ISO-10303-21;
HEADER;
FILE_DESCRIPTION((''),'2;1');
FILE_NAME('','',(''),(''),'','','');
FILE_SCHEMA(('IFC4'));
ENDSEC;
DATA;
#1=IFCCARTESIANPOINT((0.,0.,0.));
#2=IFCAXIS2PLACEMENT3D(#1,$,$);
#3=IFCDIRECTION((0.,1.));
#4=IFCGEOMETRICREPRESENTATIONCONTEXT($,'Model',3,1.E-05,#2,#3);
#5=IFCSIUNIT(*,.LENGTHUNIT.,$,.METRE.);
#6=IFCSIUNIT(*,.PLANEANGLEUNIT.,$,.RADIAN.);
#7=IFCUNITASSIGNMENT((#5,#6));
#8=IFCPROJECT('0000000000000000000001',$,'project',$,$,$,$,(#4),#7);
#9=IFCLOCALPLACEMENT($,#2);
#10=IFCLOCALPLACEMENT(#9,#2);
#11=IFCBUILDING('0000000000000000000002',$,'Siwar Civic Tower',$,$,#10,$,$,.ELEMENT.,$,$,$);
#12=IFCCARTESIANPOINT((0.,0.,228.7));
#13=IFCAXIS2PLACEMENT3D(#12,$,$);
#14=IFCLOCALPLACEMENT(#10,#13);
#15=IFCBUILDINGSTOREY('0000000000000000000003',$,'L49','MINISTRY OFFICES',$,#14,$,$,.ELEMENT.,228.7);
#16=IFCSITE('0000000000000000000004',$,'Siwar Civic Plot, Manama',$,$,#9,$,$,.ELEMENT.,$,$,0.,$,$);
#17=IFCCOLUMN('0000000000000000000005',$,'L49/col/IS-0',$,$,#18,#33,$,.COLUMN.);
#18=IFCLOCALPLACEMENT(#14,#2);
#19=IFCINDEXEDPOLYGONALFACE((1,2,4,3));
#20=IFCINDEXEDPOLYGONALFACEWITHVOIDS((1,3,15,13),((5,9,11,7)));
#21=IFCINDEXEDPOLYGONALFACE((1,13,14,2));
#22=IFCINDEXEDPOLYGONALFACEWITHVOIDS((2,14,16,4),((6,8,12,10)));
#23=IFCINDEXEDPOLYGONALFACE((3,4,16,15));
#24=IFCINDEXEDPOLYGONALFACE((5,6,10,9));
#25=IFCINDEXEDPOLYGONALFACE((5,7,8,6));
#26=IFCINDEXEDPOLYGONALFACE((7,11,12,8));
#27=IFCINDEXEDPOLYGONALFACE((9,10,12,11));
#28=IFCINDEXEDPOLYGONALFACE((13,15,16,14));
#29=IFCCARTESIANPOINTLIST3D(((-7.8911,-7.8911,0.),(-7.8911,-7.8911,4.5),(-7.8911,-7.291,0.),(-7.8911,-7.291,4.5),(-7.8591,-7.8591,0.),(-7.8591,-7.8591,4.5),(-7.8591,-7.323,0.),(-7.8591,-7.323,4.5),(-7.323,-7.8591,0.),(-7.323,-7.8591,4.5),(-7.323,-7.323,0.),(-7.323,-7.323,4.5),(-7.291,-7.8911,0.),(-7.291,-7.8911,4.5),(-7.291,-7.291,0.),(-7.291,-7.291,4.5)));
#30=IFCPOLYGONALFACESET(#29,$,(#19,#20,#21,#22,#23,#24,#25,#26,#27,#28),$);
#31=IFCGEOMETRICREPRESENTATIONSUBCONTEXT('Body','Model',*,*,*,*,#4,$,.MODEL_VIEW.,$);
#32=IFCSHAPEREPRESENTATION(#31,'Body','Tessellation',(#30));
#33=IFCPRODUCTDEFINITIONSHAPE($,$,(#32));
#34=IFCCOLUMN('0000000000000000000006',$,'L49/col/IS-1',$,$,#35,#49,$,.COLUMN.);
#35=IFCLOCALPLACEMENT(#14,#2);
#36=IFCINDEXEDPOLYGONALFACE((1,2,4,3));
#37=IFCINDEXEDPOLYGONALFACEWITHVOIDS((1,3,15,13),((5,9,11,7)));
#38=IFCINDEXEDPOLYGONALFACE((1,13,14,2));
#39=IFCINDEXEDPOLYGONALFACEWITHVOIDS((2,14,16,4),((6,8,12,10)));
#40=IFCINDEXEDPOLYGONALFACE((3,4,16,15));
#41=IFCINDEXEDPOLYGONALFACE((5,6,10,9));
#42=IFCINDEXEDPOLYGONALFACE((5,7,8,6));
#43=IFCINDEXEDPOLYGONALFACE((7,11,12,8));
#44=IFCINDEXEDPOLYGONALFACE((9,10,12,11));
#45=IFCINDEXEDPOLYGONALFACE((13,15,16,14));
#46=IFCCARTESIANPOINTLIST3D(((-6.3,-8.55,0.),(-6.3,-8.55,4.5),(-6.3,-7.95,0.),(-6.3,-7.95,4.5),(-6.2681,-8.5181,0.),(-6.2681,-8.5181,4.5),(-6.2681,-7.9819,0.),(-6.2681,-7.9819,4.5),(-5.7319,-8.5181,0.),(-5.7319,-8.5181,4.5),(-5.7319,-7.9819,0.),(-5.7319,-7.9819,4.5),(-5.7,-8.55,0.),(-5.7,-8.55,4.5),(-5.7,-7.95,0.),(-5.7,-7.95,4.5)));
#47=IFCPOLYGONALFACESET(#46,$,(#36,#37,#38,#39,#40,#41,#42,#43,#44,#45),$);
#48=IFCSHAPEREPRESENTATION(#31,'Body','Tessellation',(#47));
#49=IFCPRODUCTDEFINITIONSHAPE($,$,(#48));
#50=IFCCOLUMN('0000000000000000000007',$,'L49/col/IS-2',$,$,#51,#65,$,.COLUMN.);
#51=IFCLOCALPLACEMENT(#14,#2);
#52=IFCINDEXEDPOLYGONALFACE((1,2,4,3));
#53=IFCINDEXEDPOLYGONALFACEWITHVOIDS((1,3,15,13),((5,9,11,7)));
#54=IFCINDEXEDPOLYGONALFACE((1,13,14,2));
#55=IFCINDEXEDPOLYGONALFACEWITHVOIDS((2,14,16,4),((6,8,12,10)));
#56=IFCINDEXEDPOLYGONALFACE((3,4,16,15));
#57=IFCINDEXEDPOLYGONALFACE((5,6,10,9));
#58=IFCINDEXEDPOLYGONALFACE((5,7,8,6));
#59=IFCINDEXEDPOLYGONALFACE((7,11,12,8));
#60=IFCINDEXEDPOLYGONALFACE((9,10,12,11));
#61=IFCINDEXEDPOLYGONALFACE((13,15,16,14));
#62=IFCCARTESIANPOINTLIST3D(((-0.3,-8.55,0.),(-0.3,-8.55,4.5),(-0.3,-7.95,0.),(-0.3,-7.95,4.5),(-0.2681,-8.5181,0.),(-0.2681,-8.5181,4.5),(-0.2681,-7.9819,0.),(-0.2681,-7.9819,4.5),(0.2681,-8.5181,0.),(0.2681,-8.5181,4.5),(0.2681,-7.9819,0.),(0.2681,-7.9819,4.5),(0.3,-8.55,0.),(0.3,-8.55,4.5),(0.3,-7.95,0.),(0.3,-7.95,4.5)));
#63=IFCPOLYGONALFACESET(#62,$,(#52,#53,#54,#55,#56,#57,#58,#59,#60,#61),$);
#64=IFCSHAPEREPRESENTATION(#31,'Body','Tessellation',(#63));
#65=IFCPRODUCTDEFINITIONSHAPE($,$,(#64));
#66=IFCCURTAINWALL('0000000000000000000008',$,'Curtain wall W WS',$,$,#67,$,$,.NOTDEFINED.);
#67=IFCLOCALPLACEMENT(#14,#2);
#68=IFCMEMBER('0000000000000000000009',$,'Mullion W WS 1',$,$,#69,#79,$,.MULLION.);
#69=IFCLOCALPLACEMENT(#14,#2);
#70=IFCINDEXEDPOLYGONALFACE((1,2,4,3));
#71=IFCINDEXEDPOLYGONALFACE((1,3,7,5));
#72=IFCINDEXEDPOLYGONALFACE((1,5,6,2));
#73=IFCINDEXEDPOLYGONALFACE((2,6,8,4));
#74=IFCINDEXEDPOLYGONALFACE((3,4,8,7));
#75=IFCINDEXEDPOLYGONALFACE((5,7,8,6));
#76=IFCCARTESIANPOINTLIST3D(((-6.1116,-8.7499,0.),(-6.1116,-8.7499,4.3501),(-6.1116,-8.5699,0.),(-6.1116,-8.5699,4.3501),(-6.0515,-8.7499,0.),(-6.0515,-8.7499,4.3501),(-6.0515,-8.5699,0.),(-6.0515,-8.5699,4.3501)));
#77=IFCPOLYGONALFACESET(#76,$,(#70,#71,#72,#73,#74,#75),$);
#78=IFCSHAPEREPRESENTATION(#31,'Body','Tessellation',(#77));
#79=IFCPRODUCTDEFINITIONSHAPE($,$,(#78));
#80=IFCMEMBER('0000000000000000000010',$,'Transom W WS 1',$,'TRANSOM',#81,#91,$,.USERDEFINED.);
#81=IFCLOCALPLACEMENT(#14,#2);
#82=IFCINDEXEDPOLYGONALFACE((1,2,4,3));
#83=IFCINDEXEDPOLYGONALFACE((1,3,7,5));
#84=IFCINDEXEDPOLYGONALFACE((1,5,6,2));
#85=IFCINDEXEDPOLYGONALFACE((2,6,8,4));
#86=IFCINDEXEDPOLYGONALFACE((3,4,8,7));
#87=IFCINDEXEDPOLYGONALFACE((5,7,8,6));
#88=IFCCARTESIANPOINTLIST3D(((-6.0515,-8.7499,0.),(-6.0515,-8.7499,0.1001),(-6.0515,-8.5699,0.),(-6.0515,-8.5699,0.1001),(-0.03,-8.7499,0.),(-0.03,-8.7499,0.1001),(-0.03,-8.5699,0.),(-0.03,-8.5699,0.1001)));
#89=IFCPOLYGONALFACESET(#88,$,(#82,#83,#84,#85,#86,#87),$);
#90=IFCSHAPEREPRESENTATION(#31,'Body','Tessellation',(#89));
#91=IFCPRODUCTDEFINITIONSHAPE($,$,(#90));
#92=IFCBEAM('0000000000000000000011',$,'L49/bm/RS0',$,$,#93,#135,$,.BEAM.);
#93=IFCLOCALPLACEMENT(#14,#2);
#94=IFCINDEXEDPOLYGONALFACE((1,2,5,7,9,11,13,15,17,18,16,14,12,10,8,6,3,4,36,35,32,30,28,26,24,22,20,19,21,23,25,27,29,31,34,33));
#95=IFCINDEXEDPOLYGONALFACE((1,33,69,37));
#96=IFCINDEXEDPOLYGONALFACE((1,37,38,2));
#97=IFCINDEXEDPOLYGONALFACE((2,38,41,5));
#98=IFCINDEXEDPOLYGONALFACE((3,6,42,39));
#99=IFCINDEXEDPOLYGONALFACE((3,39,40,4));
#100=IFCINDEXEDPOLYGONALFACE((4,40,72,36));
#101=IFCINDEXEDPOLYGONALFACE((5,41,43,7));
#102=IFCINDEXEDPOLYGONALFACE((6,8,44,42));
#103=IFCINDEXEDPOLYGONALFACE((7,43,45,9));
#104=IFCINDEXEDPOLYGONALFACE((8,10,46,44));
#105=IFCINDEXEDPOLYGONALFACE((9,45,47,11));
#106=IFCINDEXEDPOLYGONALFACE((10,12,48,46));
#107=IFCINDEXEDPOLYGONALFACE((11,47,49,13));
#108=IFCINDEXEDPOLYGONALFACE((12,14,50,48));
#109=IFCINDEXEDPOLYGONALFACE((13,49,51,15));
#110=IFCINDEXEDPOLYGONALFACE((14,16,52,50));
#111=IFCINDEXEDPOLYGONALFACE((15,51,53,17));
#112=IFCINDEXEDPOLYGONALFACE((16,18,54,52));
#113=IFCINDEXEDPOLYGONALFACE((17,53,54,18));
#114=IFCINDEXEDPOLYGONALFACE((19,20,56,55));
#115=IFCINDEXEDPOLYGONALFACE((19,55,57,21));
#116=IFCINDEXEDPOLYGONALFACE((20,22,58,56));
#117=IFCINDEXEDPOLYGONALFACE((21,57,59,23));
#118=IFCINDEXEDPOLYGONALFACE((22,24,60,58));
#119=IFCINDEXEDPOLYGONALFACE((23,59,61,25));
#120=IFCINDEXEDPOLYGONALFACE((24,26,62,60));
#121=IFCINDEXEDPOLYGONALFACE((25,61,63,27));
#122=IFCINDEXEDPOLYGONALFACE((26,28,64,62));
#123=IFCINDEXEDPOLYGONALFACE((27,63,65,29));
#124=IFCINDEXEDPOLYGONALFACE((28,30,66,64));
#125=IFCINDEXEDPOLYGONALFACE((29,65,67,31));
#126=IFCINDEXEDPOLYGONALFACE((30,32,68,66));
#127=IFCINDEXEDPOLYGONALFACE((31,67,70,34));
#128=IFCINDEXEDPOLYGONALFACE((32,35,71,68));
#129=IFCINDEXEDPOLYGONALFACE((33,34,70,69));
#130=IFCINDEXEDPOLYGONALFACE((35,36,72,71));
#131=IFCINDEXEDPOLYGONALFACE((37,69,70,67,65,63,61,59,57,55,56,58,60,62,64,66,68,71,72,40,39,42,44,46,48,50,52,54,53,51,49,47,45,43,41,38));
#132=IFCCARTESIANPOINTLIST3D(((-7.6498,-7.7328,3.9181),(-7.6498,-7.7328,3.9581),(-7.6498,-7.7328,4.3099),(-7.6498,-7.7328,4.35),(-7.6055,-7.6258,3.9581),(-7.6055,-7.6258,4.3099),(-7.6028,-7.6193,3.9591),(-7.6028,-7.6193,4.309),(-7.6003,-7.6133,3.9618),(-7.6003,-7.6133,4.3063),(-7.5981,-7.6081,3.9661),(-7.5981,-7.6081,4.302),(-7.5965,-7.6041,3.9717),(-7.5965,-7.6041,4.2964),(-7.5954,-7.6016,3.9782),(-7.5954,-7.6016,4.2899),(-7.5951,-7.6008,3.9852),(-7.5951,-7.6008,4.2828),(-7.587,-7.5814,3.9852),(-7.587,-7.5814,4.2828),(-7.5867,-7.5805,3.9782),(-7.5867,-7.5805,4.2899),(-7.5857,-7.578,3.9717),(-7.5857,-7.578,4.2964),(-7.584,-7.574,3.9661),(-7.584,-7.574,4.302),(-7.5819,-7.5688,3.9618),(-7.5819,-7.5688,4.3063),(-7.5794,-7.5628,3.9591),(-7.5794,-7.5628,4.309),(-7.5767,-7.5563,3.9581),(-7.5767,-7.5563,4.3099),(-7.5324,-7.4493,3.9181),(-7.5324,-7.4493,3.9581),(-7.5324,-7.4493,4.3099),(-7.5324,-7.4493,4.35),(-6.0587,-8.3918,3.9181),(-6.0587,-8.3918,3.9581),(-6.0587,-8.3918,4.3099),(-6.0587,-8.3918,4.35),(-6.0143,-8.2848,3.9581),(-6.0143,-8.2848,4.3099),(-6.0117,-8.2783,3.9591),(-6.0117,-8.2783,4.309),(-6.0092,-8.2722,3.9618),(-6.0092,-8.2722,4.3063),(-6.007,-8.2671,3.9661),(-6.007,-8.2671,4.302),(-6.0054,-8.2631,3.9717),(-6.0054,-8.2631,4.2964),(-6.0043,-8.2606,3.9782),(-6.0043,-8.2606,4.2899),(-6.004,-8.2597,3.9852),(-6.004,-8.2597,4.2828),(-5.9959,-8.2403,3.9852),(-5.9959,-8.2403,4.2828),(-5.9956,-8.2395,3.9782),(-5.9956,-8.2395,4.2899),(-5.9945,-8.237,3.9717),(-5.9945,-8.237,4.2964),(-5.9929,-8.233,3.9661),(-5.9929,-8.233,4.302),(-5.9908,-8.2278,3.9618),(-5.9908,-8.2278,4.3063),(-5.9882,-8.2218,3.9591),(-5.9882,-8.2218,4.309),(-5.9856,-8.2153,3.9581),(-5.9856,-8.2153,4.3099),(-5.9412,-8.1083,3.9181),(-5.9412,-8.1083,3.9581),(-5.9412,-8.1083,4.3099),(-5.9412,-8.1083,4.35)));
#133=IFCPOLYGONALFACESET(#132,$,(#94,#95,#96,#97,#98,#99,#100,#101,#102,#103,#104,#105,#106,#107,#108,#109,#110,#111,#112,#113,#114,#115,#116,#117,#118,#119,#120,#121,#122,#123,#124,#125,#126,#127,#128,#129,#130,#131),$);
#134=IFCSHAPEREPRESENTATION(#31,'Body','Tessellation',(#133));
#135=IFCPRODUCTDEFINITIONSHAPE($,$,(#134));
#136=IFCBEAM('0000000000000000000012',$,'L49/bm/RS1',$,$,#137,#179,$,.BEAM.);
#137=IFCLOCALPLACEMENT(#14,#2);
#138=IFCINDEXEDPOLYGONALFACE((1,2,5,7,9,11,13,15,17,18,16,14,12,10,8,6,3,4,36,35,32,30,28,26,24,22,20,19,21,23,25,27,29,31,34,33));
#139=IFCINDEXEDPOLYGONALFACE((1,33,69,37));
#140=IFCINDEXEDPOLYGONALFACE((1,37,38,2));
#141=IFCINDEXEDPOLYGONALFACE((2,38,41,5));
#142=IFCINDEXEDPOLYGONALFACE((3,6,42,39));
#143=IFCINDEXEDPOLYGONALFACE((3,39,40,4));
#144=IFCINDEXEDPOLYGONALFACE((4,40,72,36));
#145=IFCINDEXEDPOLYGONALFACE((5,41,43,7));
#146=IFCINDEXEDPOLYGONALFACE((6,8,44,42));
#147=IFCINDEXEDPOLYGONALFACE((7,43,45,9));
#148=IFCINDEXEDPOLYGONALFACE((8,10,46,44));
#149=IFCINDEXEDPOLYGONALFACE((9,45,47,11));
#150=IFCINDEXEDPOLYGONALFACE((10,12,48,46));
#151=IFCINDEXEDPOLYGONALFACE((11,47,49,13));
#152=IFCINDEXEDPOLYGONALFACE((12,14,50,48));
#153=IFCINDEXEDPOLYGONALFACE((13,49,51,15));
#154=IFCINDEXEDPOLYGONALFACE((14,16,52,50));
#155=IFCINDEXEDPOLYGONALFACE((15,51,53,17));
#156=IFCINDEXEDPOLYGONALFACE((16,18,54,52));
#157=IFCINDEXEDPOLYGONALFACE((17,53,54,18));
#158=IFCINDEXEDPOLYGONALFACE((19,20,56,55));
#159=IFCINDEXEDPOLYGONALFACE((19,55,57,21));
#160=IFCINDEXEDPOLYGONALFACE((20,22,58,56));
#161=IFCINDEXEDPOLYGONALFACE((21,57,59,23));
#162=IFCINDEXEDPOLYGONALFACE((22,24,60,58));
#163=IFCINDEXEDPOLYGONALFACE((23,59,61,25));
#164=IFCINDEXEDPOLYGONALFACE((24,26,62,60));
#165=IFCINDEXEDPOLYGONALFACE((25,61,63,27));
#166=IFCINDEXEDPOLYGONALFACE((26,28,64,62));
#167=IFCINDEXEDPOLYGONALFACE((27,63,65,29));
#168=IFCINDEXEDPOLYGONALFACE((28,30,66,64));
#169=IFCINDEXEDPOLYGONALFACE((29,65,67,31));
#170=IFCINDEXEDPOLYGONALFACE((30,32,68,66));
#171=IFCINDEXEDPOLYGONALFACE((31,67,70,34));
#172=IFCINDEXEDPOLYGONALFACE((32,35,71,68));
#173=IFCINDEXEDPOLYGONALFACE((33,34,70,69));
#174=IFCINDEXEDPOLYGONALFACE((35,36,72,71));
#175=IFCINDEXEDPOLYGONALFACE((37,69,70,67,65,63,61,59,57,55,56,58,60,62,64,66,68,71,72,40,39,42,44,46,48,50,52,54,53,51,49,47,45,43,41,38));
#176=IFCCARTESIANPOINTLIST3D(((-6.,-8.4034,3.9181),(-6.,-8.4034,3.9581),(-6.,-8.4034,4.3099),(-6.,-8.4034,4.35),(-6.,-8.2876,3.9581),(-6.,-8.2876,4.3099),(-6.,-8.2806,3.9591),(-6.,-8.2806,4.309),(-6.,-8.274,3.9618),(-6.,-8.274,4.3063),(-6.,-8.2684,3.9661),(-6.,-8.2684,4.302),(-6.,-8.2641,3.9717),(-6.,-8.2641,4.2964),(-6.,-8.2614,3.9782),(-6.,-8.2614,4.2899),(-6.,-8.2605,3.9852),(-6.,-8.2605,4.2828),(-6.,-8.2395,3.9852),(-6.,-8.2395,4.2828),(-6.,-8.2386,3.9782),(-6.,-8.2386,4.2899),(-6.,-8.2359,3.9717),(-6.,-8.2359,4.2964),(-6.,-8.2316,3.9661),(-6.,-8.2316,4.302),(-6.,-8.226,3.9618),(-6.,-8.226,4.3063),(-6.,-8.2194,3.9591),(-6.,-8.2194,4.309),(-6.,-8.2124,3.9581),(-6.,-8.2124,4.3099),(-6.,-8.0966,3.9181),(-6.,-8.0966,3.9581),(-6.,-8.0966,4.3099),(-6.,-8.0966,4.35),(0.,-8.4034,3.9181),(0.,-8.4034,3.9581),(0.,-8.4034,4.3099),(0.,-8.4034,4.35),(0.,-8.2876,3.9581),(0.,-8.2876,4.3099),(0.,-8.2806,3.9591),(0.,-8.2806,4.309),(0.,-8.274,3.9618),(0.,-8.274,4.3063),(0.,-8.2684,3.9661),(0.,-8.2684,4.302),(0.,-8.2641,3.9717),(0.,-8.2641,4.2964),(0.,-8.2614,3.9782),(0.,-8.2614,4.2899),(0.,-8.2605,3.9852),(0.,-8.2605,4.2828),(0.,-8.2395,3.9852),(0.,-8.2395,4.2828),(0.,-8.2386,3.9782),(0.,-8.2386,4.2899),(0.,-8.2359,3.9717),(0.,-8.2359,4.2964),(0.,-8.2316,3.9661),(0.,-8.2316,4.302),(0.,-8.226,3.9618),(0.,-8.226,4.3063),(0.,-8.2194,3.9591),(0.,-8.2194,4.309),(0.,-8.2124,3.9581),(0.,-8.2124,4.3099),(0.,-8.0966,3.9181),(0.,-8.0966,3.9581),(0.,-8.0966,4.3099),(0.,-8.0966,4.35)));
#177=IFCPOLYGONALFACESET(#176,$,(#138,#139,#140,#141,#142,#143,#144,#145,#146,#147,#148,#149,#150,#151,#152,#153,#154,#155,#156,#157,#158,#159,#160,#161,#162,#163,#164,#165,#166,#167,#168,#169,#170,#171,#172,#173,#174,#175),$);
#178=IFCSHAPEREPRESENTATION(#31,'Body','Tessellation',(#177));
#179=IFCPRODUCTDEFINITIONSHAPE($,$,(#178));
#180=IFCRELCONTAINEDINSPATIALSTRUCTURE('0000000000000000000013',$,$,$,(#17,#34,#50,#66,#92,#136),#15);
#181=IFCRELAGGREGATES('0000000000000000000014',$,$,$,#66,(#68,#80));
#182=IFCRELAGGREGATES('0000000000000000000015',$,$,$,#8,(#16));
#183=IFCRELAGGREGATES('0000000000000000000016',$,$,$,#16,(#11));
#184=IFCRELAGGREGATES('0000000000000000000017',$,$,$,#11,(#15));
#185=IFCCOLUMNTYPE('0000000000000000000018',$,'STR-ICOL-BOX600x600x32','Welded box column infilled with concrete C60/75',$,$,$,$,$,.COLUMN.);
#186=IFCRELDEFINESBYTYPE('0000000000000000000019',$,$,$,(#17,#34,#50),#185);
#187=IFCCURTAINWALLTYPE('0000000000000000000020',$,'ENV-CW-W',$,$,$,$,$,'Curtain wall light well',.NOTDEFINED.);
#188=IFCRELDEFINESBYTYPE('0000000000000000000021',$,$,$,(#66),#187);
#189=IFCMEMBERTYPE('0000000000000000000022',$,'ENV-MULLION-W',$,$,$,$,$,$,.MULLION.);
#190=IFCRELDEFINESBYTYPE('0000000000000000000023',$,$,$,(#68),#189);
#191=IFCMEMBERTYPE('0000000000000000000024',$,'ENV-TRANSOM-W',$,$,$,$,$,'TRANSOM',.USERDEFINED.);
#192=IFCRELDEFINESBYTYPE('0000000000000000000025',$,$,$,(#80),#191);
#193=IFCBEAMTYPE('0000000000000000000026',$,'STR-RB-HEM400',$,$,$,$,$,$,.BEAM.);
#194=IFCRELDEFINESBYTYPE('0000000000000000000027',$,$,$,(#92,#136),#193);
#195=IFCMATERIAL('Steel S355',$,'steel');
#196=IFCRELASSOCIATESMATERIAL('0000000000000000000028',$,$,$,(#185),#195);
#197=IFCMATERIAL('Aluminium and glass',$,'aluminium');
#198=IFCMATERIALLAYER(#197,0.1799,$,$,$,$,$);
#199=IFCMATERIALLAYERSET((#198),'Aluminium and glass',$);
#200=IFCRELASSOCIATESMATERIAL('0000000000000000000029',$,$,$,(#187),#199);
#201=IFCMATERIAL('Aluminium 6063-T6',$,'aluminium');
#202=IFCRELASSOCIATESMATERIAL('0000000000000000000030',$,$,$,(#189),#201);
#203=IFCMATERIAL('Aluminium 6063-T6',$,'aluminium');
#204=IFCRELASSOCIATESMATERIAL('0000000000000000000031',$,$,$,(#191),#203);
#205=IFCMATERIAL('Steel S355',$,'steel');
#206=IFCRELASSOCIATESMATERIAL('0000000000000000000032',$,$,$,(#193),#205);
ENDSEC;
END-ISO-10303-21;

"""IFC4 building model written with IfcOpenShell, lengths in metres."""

from ifc_helpers import new_model, si_unit, direction, frame, origin, origin_2d, place, context, subcontext, project, spatial, rectangle, hollow_rectangle, i_section, extrude, material, layer, layer_set, material_profile, profile_set, type_object, element, aggregate, save


model = new_model("IFC4")

# Units and contexts
model_context = context("Model", 3, precision=1e-05, world=origin(), true_north=direction((0.0, 1.0)))
body_context = subcontext(model_context, "Body", "Model", "MODEL_VIEW")
ifc_project = project(units=[si_unit("LENGTHUNIT", "METRE"), si_unit("PLANEANGLEUNIT", "RADIAN")], contexts=[model_context])

# Site, building, storey
site_placement = place(None, origin())
site = spatial("IfcSite", under=ifc_project, at=site_placement, Name="Siwar Civic Plot, Manama", CompositionType="ELEMENT", RefElevation=0.0)
building_placement = place(site_placement, origin())
building = spatial("IfcBuilding", under=site, at=building_placement, Name="Siwar Civic Tower", CompositionType="ELEMENT")
storey_placement = place(building_placement, frame((0.0, 0.0, 228.7)))
storey = spatial("IfcBuildingStorey", under=building, at=storey_placement, Name="L49", Description="MINISTRY OFFICES", CompositionType="ELEMENT", Elevation=228.7)

# Columns
ifc_material_1 = material(Name="Steel S355", Category="steel")
ifc_material_profile_1 = material_profile(ifc_material_1, hollow_rectangle(XDim=0.6001, YDim=0.6001, WallThickness=0.032, at=origin_2d()), Name="BOX600x600x32")
ifc_profile_set_1 = profile_set([ifc_material_profile_1], Name="Steel S355")
column_type = type_object("IfcColumnType", Name="STR-ICOL-BOX600x600x32", Description="Welded box column infilled with concrete C60/75", PredefinedType="COLUMN", material=ifc_profile_set_1)
for number, where, z_axis, x_axis, name in (
    (1, (-7.5911, -7.5911, 0.0), (0.0, 0.0, 1.0), (1.0, 0.0, 0.0), "L49/col/IS-0"),
    (2, (-6.0, -8.25, 0.0), (0.0, 0.0, 1.0), (1.0, 0.0, 0.0), "L49/col/IS-1"),
    (3, (0.0, -8.25, 0.0), (0.0, 0.0, 1.0), (1.0, 0.0, 0.0), "L49/col/IS-2"),
):
    element("IfcColumn", number, at=place(storey_placement, frame(where, z_axis=z_axis, x_axis=x_axis)), inside=storey, type_object=column_type, Name=name, PredefinedType="COLUMN", context=body_context, shape_type="SweptSolid", body=[
        extrude(hollow_rectangle(XDim=0.6001, YDim=0.6001, WallThickness=0.032, at=origin_2d()), origin(), (0.0, 0.0, 1.0), 4.5),
    ])

# Curtain wall, members
ifc_material_2 = material(Name="Aluminium and glass", Category="aluminium")
ifc_layer_1 = layer(ifc_material_2, 0.1799)
ifc_layer_set_1 = layer_set([ifc_layer_1], Name="Aluminium and glass")
curtain_wall_type = type_object("IfcCurtainWallType", Name="ENV-CW-W", ElementType="Curtain wall light well", PredefinedType="NOTDEFINED", material=ifc_layer_set_1)
curtain_wall_placement = place(storey_placement, origin())
curtain_wall = element("IfcCurtainWall", 4, at=curtain_wall_placement, inside=storey, type_object=curtain_wall_type, Name="Curtain wall W WS", PredefinedType="NOTDEFINED")
ifc_material_3 = material(Name="Aluminium 6063-T6", Category="aluminium")
ifc_material_profile_2 = material_profile(ifc_material_3, rectangle(XDim=0.1799, YDim=0.0601, at=origin_2d()), Name="AL 180x60")
ifc_profile_set_2 = profile_set([ifc_material_profile_2], Name="Aluminium 6063-T6")
member_type_1 = type_object("IfcMemberType", Name="ENV-MULLION-W", PredefinedType="MULLION", material=ifc_profile_set_2)
member_1_placement = place(storey_placement, frame((-6.0815, -8.6599, 0.0), z_axis=(0.0, 0.0, 1.0), x_axis=(0.0, 1.0, 0.0)))
member_1 = element("IfcMember", 5, at=member_1_placement, type_object=member_type_1, Name="Mullion W WS 1", PredefinedType="MULLION", context=body_context, shape_type="SweptSolid", body=[
    extrude(rectangle(XDim=0.1799, YDim=0.0601, at=origin_2d()), origin(), (0.0, 0.0, 1.0), 4.3501),
])
ifc_material_4 = material(Name="Aluminium 6063-T6", Category="aluminium")
ifc_material_profile_3 = material_profile(ifc_material_4, rectangle(XDim=0.1799, YDim=0.1001, at=origin_2d()), Name="AL 180x100")
ifc_profile_set_3 = profile_set([ifc_material_profile_3], Name="Aluminium 6063-T6")
member_type_2 = type_object("IfcMemberType", Name="ENV-TRANSOM-W", ElementType="TRANSOM", PredefinedType="USERDEFINED", material=ifc_profile_set_3)
member_2_placement = place(storey_placement, frame((-6.0515, -8.6599, 0.05), z_axis=(1.0, 0.0, 0.0), x_axis=(0.0, 1.0, 0.0)))
member_2 = element("IfcMember", 6, at=member_2_placement, type_object=member_type_2, Name="Transom W WS 1", ObjectType="TRANSOM", PredefinedType="USERDEFINED", context=body_context, shape_type="SweptSolid", body=[
    extrude(rectangle(XDim=0.1799, YDim=0.1001, at=origin_2d()), origin(), (0.0, 0.0, 1.0), 6.0215),
])

# Beams
ifc_material_5 = material(Name="Steel S355", Category="steel")
ifc_material_profile_4 = material_profile(ifc_material_5, i_section(OverallWidth=0.3069, OverallDepth=0.4319, WebThickness=0.021, FlangeThickness=0.04, FilletRadius=0.0271, at=origin_2d()), Name="HEM400")
ifc_profile_set_4 = profile_set([ifc_material_profile_4], Name="Steel S355")
beam_type = type_object("IfcBeamType", Name="STR-RB-HEM400", PredefinedType="BEAM", material=ifc_profile_set_4)
beam_1_placement = place(storey_placement, frame((-7.5911, -7.5911, 4.134), z_axis=(0.923901, -0.382631, 0.0), x_axis=(0.382631, 0.923901, 0.0)))
element("IfcBeam", 7, at=beam_1_placement, inside=storey, type_object=beam_type, Name="L49/bm/RS0", PredefinedType="BEAM", context=body_context, shape_type="SweptSolid", body=[
    extrude(i_section(OverallWidth=0.3069, OverallDepth=0.4319, WebThickness=0.021, FlangeThickness=0.04, FilletRadius=0.0271, at=origin_2d()), origin(), (0.0, 0.0, 1.0), 1.7222),
])
for number, where, z_axis, x_axis, name in (
    (8, (-6.0, -8.25, 4.134), (1.0, 0.0, 0.0), (0.0, 1.0, 0.0), "L49/bm/RS1"),
):
    element("IfcBeam", number, at=place(storey_placement, frame(where, z_axis=z_axis, x_axis=x_axis)), inside=storey, type_object=beam_type, Name=name, PredefinedType="BEAM", context=body_context, shape_type="SweptSolid", body=[
        extrude(i_section(OverallWidth=0.3069, OverallDepth=0.4319, WebThickness=0.021, FlangeThickness=0.04, FilletRadius=0.0271, at=origin_2d()), origin(), (0.0, 0.0, 1.0), 6.0),
    ])

aggregate(curtain_wall, [member_1, member_2])

save(model, "model.ifc")
